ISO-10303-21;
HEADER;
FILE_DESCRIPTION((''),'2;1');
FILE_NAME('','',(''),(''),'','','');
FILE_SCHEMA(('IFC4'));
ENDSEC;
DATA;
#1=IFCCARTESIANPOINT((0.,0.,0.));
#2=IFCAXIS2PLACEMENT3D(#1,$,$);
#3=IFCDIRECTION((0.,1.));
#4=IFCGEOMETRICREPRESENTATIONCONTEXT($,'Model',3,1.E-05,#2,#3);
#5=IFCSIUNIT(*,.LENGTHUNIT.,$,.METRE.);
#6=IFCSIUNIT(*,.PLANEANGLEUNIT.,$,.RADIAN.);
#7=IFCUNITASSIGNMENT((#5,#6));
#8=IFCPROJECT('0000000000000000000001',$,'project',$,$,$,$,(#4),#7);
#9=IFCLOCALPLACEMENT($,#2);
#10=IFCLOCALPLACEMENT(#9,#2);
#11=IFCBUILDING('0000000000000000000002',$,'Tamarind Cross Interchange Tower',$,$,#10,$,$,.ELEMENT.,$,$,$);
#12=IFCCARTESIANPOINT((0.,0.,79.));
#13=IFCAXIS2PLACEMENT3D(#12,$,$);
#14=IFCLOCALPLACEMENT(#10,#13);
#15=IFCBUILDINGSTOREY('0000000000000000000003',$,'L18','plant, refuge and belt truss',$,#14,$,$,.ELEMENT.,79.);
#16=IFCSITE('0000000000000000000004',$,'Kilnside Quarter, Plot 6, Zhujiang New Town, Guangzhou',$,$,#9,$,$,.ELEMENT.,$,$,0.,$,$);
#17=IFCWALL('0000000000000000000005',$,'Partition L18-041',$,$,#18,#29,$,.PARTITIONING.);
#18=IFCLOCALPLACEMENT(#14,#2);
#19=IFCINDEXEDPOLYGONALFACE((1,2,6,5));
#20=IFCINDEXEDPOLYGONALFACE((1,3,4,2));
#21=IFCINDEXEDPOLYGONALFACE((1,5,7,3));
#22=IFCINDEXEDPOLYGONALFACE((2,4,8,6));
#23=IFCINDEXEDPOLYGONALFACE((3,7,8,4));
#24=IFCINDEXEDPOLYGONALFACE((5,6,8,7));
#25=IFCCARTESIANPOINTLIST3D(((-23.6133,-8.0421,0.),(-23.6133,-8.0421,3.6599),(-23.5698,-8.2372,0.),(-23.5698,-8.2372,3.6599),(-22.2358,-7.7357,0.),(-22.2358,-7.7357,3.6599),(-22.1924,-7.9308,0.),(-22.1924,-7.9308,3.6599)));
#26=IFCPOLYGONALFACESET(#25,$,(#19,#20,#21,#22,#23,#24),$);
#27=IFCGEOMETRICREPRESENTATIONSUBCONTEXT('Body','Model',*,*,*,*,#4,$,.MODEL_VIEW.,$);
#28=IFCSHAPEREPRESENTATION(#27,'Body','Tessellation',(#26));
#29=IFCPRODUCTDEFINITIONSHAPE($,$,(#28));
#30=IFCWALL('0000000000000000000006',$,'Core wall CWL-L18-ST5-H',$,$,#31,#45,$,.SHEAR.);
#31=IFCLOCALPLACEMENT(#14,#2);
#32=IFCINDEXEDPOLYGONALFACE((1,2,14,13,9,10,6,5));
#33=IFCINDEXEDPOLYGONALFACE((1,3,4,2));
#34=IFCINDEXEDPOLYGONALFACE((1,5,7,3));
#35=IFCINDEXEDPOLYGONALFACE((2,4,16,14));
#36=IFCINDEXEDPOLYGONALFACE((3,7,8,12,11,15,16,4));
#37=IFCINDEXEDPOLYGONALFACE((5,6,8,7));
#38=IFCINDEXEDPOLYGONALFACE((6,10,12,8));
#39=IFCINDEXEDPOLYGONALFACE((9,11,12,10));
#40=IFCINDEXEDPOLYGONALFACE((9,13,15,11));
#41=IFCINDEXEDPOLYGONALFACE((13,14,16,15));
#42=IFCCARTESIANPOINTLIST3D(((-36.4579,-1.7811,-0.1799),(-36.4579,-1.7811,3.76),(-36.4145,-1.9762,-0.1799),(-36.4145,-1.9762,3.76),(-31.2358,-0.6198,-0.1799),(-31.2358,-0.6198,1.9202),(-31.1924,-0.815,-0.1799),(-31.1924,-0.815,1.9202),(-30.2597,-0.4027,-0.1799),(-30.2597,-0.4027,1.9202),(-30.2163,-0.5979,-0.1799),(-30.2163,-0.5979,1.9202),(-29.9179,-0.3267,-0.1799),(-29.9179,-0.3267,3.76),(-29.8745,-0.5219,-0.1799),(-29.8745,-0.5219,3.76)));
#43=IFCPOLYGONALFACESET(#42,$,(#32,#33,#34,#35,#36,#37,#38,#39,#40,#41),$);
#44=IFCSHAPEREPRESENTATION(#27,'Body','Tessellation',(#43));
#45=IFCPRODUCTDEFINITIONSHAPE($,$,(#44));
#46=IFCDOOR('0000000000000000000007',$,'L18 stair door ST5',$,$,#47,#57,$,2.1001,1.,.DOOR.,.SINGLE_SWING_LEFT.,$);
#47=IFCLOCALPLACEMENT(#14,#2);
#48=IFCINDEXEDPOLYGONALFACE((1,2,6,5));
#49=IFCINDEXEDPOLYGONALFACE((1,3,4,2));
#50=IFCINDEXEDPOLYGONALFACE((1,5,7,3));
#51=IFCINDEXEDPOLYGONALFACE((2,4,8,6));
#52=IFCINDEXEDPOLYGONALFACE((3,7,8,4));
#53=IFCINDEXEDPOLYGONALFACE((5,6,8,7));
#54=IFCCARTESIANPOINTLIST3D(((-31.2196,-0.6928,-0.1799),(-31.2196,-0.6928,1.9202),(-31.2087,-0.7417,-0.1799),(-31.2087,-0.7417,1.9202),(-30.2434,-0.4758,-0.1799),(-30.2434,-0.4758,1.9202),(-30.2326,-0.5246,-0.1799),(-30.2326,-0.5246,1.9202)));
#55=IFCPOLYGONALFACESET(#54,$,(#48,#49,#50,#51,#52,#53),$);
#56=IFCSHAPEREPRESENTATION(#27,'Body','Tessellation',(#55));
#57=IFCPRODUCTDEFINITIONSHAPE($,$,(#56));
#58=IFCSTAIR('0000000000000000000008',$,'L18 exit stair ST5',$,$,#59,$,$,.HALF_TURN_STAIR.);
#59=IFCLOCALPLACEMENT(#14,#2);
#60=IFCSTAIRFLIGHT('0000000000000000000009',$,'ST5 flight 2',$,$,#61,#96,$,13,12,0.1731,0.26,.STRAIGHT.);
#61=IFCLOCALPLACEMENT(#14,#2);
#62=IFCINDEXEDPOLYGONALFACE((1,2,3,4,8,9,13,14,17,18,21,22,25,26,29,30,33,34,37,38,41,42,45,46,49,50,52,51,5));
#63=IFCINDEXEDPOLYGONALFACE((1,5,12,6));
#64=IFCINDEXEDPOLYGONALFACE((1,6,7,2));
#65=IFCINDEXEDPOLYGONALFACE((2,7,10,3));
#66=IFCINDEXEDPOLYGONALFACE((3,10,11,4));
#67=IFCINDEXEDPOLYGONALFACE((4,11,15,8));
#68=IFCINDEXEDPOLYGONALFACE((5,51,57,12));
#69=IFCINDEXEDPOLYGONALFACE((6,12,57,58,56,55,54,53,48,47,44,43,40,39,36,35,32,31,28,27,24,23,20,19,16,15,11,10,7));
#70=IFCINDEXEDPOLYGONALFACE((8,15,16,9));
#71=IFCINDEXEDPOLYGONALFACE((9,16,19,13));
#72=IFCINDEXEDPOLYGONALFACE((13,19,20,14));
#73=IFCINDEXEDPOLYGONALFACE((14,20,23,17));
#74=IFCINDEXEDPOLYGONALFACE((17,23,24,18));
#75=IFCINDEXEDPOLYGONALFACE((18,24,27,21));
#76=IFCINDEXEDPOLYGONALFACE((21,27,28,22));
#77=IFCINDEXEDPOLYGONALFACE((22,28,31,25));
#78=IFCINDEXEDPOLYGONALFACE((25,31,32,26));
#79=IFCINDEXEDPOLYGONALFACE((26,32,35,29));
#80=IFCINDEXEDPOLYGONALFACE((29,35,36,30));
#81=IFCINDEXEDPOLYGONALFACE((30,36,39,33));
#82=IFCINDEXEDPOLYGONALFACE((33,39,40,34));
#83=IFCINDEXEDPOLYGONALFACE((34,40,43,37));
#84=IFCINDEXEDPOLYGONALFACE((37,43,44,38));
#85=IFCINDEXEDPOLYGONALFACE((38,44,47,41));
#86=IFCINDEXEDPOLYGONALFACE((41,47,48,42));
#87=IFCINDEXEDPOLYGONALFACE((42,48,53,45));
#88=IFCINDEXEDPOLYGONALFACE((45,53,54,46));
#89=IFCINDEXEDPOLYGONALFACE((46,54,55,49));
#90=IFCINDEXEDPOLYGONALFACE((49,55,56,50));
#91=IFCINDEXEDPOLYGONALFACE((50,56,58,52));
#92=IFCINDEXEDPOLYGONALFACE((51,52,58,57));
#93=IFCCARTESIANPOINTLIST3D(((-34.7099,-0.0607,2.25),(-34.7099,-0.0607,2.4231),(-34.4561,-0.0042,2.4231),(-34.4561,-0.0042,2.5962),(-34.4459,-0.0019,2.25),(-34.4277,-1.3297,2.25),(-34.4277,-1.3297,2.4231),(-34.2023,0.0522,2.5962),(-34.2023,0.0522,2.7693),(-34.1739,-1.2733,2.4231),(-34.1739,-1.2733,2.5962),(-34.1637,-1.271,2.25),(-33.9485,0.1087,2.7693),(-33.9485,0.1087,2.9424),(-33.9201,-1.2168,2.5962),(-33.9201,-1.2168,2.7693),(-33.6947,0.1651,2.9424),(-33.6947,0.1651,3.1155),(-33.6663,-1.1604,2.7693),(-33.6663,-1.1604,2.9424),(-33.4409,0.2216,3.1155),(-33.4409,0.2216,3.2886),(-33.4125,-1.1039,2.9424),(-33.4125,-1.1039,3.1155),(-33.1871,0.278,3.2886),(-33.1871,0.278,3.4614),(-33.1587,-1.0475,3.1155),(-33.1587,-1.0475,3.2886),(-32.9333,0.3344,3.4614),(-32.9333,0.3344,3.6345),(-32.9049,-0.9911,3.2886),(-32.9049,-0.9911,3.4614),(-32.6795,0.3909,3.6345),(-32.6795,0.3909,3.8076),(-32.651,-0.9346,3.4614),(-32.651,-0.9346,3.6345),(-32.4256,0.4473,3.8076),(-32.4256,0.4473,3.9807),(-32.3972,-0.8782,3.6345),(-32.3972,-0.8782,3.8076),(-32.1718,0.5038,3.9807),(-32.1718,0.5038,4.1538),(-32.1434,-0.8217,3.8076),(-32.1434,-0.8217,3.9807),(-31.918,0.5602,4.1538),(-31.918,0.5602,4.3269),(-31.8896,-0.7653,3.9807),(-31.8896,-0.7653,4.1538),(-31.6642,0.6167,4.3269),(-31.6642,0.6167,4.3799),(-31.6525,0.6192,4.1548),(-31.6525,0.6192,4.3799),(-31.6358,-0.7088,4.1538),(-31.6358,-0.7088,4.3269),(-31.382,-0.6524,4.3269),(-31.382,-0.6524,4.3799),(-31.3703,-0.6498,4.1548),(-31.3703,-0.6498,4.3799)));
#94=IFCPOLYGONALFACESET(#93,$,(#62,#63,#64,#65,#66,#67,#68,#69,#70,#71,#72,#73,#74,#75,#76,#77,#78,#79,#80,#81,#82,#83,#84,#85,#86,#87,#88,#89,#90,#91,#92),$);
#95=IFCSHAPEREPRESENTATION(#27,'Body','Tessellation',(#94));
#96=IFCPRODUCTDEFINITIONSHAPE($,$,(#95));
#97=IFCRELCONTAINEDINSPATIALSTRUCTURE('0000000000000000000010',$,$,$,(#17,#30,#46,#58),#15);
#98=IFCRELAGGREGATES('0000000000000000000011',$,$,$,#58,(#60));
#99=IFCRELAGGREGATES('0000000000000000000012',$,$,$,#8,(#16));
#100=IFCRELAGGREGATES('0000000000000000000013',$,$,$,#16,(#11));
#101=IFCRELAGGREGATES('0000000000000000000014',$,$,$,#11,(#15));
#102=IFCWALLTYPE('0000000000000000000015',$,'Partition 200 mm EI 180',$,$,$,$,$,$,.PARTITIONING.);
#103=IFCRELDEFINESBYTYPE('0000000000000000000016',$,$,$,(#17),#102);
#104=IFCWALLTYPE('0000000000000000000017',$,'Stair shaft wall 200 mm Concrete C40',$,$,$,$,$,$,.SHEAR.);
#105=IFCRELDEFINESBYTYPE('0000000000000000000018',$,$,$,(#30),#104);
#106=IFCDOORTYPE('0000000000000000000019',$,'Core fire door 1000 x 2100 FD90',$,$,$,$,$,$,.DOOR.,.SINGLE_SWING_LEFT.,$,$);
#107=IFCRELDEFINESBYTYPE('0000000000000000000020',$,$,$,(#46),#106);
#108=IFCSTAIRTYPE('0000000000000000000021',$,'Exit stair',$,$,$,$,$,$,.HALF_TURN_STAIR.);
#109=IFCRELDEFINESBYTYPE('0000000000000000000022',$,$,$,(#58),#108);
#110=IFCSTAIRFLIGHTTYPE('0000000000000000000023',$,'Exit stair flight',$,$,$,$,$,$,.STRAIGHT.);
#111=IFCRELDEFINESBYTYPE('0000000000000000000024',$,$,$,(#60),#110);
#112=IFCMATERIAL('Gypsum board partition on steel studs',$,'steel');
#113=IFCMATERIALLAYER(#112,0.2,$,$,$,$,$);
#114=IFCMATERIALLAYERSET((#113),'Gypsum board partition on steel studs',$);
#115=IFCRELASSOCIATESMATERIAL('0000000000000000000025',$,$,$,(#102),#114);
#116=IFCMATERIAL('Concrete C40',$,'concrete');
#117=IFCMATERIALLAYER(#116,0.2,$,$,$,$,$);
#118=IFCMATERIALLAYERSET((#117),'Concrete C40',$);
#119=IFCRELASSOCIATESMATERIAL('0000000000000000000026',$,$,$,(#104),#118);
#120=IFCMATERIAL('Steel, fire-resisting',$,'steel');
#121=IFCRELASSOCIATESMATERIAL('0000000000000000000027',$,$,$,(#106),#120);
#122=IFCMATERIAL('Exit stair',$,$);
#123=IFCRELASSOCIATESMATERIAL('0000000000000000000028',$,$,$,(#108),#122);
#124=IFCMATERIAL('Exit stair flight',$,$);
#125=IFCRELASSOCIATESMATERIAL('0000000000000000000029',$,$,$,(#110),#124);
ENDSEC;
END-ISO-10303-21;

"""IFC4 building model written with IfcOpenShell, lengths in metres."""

from ifc_helpers import new_model, si_unit, direction, frame, frame_2d, origin, place, context, subcontext, project, spatial, polyline, rectangle, outline, extrude, material, layer, layer_set, type_object, element, fill, aggregate, save


model = new_model("IFC4")

# Units and contexts
model_context = context("Model", 3, precision=1e-05, world=origin(), true_north=direction((0.0, 1.0)))
body_context = subcontext(model_context, "Body", "Model", "MODEL_VIEW")
ifc_project = project(units=[si_unit("LENGTHUNIT", "METRE"), si_unit("PLANEANGLEUNIT", "RADIAN")], contexts=[model_context])

# Site, building, storey
site_placement = place(None, origin())
site = spatial("IfcSite", under=ifc_project, at=site_placement, Name="Kilnside Quarter, Plot 6, Zhujiang New Town, Guangzhou", CompositionType="ELEMENT", RefElevation=0.0)
building_placement = place(site_placement, origin())
building = spatial("IfcBuilding", under=site, at=building_placement, Name="Tamarind Cross Interchange Tower", CompositionType="ELEMENT")
storey_placement = place(building_placement, frame((0.0, 0.0, 79.0)))
storey = spatial("IfcBuildingStorey", under=building, at=storey_placement, Name="L18", Description="plant, refuge and belt truss", CompositionType="ELEMENT", Elevation=79.0)

# Shared definitions
ifc_material_1 = material(Name="Gypsum board partition on steel studs", Category="steel")
ifc_layer_1 = layer(ifc_material_1, 0.2)
ifc_layer_set_1 = layer_set([ifc_layer_1], Name="Gypsum board partition on steel studs")
wall_type_1 = type_object("IfcWallType", Name="Partition 200 mm EI 180", PredefinedType="PARTITIONING", material=ifc_layer_set_1)

# Wall
wall_1_placement = place(storey_placement, frame((-23.5916, -8.1396, 0.0), z_axis=(0.0, 0.0, 1.0), x_axis=(0.976142, 0.217132, 0.0)))
element("IfcWall", 1, at=wall_1_placement, inside=storey, type_object=wall_type_1, Name="Partition L18-041", PredefinedType="PARTITIONING", context=body_context, shape_type="SweptSolid", body=[
    extrude(rectangle(XDim=1.4111, YDim=0.2, at=frame_2d((0.7056, 0.0))), origin(), (0.0, 0.0, 1.0), 3.6599),
])

# Wall, opening, door
ifc_material_2 = material(Name="Concrete C40", Category="concrete")
ifc_layer_2 = layer(ifc_material_2, 0.2)
ifc_layer_set_2 = layer_set([ifc_layer_2], Name="Concrete C40")
wall_type_2 = type_object("IfcWallType", Name="Stair shaft wall 200 mm Concrete C40", PredefinedType="SHEAR", material=ifc_layer_set_2)
wall_2_placement = place(storey_placement, frame((-29.8962, -0.4243, -0.1799), z_axis=(0.0, 0.0, 1.0), x_axis=(-0.976155, -0.217073, 0.0)))
wall_2 = element("IfcWall", 2, at=wall_2_placement, inside=storey, type_object=wall_type_2, Name="Core wall CWL-L18-ST5-H", PredefinedType="SHEAR", context=body_context, shape_type="SweptSolid", body=[
    extrude(rectangle(XDim=6.6997, YDim=0.2, at=frame_2d((3.3499, 0.0))), origin(), (0.0, 0.0, 1.0), 3.9399),
])
opening_1_placement = place(wall_2_placement, frame((0.3501, 0.0, 0.0)))
opening_1 = element("IfcOpeningElement", 3, at=opening_1_placement, cuts=wall_2, PredefinedType="OPENING", context=body_context, shape_type="SweptSolid", body=[
    extrude(rectangle(XDim=1.0, YDim=2.1001, at=frame_2d((0.5, 1.05))), frame((0.0, 0.1099, 0.0), z_axis=(0.0, -1.0, 0.0), x_axis=(1.0, 0.0, 0.0)), (0.0, 0.0, 1.0), 0.22),
])
ifc_material_3 = material(Name="Steel, fire-resisting", Category="steel")
door_type_1 = type_object("IfcDoorType", Name="Core fire door 1000 x 2100 FD90", OperationType="SINGLE_SWING_LEFT", PredefinedType="DOOR", material=ifc_material_3)
door_1_placement = place(opening_1_placement, origin())
door_1 = element("IfcDoor", 4, at=door_1_placement, inside=storey, type_object=door_type_1, Name="L18 stair door ST5", OperationType="SINGLE_SWING_LEFT", OverallHeight=2.1001, OverallWidth=1.0, PredefinedType="DOOR", context=body_context, shape_type="SweptSolid", body=[
    extrude(rectangle(XDim=1.0, YDim=2.1001, at=frame_2d((0.5, 1.05))), frame((0.0, 0.0249, 0.0), z_axis=(0.0, -1.0, 0.0), x_axis=(1.0, 0.0, 0.0)), (0.0, 0.0, 1.0), 0.05),
])
fill(opening_1, door_1)

# Stair, stair flight
ifc_material_4 = material(Name="Exit stair")
stair_type = type_object("IfcStairType", Name="Exit stair", PredefinedType="HALF_TURN_STAIR", material=ifc_material_4)
stair_placement = place(storey_placement, origin())
stair = element("IfcStair", 5, at=stair_placement, inside=storey, type_object=stair_type, Name="L18 exit stair ST5", PredefinedType="HALF_TURN_STAIR")
ifc_material_5 = material(Name="Exit stair flight")
stair_flight_type = type_object("IfcStairFlightType", Name="Exit stair flight", PredefinedType="STRAIGHT", material=ifc_material_5)
stair_flight_placement = place(storey_placement, frame((-34.5688, -0.6951, 2.25), z_axis=(0.0, 0.0, 1.0), x_axis=(0.976154, 0.21708, 0.0)))
stair_flight = element("IfcStairFlight", 6, at=stair_flight_placement, type_object=stair_flight_type, Name="ST5 flight 2", NumberOfRisers=13, NumberOfTreads=12, PredefinedType="STRAIGHT", RiserHeight=0.1731, TreadLength=0.26, context=body_context, shape_type="SweptSolid", body=[
    extrude(outline(polyline([(0.0, 0.0), (0.0, 0.1731), (0.26, 0.1731), (0.26, 0.3462), (0.52, 0.3462), (0.52, 0.5193), (0.78, 0.5193), (0.78, 0.6924), (1.04, 0.6924), (1.04, 0.8655), (1.3, 0.8655), (1.3, 1.0386), (1.5601, 1.0386), (1.5601, 1.2114), (1.8201, 1.2114), (1.8201, 1.3845), (2.0801, 1.3845), (2.0801, 1.5576), (2.3401, 1.5576), (2.3401, 1.7307), (2.6001, 1.7307), (2.6001, 1.9038), (2.8601, 1.9038), (2.8601, 2.0769), (3.1201, 2.0769), (3.1201, 2.1299), (3.1321, 2.1299), (3.1321, 1.9048), (0.2705, 0.0), (0.0, 0.0)])), frame((0.0, 0.6499, 0.0), z_axis=(0.0, -1.0, 0.0), x_axis=(1.0, 0.0, 0.0)), (0.0, 0.0, 1.0), 1.3),
])
aggregate(stair, [stair_flight])

save(model, "model.ifc")
